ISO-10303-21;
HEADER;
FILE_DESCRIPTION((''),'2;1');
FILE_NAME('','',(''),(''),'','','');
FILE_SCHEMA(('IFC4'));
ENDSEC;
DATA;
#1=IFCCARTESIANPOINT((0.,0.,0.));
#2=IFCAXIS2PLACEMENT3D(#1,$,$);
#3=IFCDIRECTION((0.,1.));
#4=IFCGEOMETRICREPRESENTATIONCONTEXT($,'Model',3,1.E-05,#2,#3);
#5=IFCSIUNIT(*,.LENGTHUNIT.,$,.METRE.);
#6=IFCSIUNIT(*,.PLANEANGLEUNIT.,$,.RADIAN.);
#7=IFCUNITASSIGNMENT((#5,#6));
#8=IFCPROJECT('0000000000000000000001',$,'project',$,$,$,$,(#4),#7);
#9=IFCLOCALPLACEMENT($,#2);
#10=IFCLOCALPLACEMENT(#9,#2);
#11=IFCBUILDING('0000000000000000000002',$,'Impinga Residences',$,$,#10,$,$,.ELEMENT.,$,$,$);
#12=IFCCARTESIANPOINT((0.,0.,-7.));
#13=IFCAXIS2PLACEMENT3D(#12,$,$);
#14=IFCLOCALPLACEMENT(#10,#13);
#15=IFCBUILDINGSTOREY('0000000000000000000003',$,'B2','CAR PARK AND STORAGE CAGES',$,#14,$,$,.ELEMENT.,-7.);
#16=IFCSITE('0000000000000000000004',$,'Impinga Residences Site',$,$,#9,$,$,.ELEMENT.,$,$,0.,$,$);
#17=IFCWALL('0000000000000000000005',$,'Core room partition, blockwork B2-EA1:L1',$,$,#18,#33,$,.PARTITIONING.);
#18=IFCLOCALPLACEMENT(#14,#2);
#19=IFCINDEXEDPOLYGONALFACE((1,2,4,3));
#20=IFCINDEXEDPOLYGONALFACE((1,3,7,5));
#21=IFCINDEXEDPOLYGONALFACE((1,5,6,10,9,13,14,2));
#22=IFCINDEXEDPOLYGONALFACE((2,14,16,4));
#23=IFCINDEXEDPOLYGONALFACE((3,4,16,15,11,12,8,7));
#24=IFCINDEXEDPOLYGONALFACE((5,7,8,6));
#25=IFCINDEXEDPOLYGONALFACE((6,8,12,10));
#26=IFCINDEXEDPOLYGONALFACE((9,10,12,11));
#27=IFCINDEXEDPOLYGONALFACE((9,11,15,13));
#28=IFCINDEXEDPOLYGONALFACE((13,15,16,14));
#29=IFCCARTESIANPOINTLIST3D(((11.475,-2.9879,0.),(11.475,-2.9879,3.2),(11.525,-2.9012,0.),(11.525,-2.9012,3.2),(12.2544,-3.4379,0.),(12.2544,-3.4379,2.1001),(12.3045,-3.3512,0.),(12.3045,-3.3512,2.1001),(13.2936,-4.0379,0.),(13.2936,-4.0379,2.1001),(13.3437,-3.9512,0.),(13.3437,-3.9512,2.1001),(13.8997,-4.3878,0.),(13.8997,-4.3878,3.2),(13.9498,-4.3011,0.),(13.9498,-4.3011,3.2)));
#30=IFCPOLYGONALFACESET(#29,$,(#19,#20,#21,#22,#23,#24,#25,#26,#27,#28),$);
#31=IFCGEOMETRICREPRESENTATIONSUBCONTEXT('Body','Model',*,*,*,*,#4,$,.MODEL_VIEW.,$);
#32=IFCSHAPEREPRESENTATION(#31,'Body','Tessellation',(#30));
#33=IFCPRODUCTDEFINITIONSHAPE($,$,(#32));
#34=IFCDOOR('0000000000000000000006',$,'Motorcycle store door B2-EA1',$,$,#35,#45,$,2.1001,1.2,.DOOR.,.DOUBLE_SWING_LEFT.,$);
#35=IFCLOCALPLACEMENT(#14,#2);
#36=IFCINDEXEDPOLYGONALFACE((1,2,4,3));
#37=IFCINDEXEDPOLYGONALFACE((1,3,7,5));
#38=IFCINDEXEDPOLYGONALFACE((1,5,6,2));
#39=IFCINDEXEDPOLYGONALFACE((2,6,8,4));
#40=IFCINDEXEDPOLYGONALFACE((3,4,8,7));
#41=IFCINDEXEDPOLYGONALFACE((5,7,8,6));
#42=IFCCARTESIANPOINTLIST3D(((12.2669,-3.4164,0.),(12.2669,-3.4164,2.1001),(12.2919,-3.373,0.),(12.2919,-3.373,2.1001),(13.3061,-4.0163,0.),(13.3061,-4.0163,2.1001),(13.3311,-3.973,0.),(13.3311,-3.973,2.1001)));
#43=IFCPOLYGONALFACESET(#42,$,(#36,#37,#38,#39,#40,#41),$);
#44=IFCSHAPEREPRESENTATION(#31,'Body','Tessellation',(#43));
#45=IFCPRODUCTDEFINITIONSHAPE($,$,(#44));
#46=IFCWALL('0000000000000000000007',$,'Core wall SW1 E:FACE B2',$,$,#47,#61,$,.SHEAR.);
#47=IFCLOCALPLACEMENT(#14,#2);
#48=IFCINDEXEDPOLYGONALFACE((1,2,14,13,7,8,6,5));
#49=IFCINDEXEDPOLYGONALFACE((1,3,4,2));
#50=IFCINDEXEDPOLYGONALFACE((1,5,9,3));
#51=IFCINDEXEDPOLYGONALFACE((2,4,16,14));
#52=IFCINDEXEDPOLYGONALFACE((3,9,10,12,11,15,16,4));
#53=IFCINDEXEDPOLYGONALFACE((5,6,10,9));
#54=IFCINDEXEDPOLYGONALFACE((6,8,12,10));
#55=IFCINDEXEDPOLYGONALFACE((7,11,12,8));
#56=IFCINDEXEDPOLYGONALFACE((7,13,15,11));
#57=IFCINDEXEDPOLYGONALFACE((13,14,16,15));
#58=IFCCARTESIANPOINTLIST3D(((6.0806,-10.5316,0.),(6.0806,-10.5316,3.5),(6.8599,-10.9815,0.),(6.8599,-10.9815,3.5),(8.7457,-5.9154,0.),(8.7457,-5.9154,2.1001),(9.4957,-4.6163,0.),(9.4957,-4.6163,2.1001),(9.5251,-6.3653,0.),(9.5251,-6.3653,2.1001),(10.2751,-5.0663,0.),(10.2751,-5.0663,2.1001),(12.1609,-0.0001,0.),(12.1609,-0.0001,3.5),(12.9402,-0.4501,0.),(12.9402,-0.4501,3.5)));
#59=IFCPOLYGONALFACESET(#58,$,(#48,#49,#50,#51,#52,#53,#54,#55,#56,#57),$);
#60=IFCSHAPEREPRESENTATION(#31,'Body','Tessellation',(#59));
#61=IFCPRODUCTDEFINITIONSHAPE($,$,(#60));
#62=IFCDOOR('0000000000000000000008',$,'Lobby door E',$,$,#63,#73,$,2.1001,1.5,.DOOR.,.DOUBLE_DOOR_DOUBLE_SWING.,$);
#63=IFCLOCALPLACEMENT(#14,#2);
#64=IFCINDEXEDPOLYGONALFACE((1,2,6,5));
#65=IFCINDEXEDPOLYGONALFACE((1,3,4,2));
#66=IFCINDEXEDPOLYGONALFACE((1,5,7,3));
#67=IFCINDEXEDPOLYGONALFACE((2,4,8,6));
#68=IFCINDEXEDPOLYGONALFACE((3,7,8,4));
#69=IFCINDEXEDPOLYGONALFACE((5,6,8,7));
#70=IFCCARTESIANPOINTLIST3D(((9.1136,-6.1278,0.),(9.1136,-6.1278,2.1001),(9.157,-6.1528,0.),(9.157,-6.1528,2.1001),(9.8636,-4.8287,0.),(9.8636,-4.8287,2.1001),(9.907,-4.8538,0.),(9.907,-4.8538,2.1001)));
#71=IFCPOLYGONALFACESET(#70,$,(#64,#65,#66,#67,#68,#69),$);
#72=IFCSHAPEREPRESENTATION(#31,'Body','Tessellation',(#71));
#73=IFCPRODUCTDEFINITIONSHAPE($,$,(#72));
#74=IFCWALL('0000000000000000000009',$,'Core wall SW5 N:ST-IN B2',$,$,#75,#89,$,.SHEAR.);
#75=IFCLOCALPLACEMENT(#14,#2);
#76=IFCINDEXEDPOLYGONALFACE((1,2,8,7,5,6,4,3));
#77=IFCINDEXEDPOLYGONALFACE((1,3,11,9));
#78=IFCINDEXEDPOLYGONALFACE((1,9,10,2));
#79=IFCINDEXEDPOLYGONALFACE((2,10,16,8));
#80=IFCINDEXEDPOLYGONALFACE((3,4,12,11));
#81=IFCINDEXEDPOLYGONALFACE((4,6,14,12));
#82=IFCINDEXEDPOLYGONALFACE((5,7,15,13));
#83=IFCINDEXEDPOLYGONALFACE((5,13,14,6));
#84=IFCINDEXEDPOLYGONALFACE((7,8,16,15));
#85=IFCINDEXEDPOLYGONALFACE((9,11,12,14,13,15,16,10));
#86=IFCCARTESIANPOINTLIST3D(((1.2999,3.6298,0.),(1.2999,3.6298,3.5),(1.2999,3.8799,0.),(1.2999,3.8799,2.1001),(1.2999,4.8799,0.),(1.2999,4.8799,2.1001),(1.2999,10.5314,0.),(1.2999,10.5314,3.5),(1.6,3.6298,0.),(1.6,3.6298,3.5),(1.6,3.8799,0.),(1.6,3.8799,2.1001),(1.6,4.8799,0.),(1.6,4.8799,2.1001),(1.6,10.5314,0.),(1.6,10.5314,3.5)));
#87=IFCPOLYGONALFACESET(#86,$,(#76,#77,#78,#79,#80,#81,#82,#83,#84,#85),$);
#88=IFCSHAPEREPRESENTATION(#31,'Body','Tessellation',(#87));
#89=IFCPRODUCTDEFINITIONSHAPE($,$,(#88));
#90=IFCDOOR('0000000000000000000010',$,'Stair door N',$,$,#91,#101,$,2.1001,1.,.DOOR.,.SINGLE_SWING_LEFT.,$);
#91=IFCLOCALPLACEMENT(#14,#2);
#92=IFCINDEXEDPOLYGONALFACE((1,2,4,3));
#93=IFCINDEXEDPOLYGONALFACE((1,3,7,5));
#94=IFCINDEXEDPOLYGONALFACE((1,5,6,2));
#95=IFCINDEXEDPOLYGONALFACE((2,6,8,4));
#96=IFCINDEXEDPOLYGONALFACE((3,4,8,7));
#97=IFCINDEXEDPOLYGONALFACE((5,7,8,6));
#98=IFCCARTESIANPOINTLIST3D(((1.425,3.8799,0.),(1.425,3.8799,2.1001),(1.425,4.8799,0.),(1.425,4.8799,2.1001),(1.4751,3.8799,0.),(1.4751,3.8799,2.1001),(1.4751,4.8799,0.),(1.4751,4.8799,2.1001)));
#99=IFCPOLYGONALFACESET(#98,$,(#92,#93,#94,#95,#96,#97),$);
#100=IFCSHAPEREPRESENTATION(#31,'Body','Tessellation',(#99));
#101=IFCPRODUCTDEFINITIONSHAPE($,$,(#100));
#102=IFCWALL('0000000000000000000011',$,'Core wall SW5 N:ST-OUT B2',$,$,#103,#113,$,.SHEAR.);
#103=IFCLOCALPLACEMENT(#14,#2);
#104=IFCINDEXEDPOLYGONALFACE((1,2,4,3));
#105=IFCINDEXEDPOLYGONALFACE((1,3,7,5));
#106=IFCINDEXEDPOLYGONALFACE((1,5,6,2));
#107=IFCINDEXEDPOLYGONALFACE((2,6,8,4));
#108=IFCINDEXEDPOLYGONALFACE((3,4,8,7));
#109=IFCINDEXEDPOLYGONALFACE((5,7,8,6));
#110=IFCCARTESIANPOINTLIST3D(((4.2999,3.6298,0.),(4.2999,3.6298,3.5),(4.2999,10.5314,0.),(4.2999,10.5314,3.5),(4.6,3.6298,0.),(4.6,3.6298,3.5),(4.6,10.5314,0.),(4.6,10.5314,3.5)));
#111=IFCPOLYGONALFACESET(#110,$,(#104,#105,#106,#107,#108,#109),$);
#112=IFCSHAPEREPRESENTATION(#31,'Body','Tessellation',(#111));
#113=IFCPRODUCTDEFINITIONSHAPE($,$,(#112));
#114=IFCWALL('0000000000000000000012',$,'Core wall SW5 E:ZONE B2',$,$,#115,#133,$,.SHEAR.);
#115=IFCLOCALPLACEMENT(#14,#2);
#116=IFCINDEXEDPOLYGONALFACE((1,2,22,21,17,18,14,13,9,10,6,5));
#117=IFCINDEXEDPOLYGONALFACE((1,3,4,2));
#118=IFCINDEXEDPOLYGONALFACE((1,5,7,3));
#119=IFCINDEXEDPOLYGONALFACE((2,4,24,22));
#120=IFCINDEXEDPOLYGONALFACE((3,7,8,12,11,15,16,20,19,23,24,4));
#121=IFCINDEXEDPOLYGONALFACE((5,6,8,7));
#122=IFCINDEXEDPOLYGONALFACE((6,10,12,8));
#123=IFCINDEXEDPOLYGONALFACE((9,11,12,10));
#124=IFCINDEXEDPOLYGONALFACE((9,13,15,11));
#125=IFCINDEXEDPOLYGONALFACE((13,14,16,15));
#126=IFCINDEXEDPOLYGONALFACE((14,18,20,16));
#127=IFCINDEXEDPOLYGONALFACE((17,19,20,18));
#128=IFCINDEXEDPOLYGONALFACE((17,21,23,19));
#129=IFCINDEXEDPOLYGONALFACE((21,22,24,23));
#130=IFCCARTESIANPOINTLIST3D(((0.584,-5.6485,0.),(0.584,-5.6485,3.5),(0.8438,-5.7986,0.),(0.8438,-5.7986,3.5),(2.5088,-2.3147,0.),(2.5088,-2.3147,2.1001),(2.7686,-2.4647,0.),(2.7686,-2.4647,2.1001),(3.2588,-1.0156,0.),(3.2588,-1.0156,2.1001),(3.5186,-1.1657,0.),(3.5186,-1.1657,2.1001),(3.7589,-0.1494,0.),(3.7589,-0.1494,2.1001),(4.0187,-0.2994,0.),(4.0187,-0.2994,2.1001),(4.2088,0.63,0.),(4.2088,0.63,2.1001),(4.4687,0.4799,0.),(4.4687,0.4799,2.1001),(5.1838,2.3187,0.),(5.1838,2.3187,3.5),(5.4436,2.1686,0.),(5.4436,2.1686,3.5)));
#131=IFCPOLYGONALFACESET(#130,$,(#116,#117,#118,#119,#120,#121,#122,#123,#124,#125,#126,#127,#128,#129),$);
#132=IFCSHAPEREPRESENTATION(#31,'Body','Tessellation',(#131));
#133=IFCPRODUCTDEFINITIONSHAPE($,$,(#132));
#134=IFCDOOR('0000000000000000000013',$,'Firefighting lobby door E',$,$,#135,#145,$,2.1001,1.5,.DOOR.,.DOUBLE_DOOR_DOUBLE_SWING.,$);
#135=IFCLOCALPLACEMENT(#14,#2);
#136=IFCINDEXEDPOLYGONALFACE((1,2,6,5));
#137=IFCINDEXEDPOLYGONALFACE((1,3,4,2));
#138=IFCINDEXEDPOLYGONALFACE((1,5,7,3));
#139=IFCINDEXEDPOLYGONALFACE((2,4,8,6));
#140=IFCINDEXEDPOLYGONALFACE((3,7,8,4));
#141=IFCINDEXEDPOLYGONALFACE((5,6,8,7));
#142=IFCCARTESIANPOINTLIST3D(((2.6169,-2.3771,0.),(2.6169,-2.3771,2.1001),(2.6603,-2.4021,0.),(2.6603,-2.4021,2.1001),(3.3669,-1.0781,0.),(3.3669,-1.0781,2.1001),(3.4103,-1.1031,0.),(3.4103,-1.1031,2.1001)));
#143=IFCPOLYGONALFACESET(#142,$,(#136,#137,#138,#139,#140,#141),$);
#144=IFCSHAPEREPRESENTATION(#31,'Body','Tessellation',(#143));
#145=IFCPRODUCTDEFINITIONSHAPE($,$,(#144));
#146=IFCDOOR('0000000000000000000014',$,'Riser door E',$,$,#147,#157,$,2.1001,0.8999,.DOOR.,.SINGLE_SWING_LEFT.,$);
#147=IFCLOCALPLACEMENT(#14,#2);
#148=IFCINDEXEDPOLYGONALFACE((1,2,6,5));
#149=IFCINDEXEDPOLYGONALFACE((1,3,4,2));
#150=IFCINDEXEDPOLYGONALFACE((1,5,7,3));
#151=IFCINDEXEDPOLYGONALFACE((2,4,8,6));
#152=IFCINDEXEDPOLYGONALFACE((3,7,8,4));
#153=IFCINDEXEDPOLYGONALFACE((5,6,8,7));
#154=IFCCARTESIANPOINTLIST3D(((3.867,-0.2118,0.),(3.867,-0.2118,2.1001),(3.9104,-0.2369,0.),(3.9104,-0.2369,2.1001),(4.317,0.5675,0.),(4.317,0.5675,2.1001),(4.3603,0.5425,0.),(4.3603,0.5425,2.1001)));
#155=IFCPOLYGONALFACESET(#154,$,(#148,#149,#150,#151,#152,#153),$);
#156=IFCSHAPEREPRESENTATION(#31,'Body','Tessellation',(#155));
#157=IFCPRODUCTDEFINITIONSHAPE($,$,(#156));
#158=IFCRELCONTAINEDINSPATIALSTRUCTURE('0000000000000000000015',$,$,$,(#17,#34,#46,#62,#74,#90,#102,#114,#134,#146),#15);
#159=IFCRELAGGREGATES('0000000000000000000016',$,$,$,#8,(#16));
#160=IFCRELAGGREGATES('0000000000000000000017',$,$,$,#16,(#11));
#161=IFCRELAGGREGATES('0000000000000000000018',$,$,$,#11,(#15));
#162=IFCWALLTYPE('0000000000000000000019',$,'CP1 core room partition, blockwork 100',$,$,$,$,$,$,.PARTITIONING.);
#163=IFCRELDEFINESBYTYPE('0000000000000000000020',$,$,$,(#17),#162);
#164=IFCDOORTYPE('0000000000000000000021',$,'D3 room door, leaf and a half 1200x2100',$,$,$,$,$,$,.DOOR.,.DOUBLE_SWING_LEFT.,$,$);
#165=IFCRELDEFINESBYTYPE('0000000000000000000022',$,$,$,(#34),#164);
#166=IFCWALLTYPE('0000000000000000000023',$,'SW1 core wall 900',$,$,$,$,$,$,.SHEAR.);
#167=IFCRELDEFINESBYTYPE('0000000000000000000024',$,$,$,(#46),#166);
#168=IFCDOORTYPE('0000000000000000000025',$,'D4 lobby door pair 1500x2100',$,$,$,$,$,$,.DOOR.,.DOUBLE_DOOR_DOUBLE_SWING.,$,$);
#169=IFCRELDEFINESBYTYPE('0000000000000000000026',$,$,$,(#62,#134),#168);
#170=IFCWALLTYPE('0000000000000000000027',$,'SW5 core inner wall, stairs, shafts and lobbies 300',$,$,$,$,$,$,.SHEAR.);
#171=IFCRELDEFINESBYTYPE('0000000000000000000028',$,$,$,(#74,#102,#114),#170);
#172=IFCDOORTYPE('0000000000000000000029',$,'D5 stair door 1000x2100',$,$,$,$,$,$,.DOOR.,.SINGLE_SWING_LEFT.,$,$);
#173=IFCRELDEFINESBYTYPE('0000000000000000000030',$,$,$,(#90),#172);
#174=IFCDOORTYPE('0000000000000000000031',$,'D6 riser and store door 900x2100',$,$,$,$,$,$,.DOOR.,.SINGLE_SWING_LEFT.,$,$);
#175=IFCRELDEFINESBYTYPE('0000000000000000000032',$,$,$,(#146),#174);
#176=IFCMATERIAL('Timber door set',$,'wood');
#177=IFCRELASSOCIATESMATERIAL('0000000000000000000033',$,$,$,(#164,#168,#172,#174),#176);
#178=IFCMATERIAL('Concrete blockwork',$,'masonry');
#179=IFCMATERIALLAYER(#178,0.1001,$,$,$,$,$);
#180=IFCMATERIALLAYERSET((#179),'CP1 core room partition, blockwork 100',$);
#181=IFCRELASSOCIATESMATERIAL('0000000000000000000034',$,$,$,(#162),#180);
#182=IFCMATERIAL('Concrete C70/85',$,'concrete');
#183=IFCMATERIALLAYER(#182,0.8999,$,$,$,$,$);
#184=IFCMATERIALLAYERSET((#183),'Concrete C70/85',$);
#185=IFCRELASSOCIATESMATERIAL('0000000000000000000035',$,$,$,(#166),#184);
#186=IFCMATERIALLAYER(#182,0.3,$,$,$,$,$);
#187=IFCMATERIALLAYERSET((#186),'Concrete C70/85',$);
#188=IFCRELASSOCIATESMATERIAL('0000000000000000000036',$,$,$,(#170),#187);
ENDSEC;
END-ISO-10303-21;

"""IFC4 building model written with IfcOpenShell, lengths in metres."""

from ifc_helpers import new_model, si_unit, direction, frame, frame_2d, origin, place, context, subcontext, project, spatial, rectangle, extrude, material, layer, layer_set, type_object, element, fill, save


model = new_model("IFC4")

# Units and contexts
model_context = context("Model", 3, precision=1e-05, world=origin(), true_north=direction((0.0, 1.0)))
body_context = subcontext(model_context, "Body", "Model", "MODEL_VIEW")
ifc_project = project(units=[si_unit("LENGTHUNIT", "METRE"), si_unit("PLANEANGLEUNIT", "RADIAN")], contexts=[model_context])

# Site, building, storey
site_placement = place(None, origin())
site = spatial("IfcSite", under=ifc_project, at=site_placement, Name="Impinga Residences Site", CompositionType="ELEMENT", RefElevation=0.0)
building_placement = place(site_placement, origin())
building = spatial("IfcBuilding", under=site, at=building_placement, Name="Impinga Residences", CompositionType="ELEMENT")
storey_placement = place(building_placement, frame((0.0, 0.0, -7.0)))
storey = spatial("IfcBuildingStorey", under=building, at=storey_placement, Name="B2", Description="CAR PARK AND STORAGE CAGES", CompositionType="ELEMENT", Elevation=-7.0)

# Shared definitions
ifc_material_1 = material(Name="Concrete C70/85", Category="concrete")

# Walls, openings, doors
ifc_material_2 = material(Name="Timber door set", Category="wood")
door_type_1 = type_object("IfcDoorType", Name="D3 room door, leaf and a half 1200x2100", OperationType="DOUBLE_SWING_LEFT", PredefinedType="DOOR", material=ifc_material_2)
ifc_material_3 = material(Name="Concrete blockwork", Category="masonry")
ifc_layer_1 = layer(ifc_material_3, 0.1001)
ifc_layer_set_1 = layer_set([ifc_layer_1], Name="CP1 core room partition, blockwork 100")
wall_type_1 = type_object("IfcWallType", Name="CP1 core room partition, blockwork 100", PredefinedType="PARTITIONING", material=ifc_layer_set_1)
wall_1_placement = place(storey_placement, frame((11.5, -2.9446, 0.0), z_axis=(0.0, 0.0, 1.0), x_axis=(0.866035, -0.499984, 0.0)))
wall_1 = element("IfcWall", 1, at=wall_1_placement, inside=storey, type_object=wall_type_1, Name="Core room partition, blockwork B2-EA1:L1", PredefinedType="PARTITIONING", context=body_context, shape_type="SweptSolid", body=[
    extrude(rectangle(XDim=2.7998, YDim=0.1001, at=frame_2d((1.3999, 0.0))), origin(), (0.0, 0.0, 1.0), 3.2),
])
opening_1_placement = place(wall_1_placement, frame((0.8999, 0.0, 0.0)))
opening_1 = element("IfcOpeningElement", 2, at=opening_1_placement, cuts=wall_1, PredefinedType="OPENING", context=body_context, shape_type="SweptSolid", body=[
    extrude(rectangle(XDim=1.2, YDim=2.1001, at=frame_2d((0.6001, 1.05))), frame((0.0, 0.0601, 0.0), z_axis=(0.0, -1.0, 0.0), x_axis=(1.0, 0.0, 0.0)), (0.0, 0.0, 1.0), 0.1201),
])
door_1_placement = place(opening_1_placement, origin())
door_1 = element("IfcDoor", 3, at=door_1_placement, inside=storey, type_object=door_type_1, Name="Motorcycle store door B2-EA1", OperationType="DOUBLE_SWING_LEFT", OverallHeight=2.1001, OverallWidth=1.2, PredefinedType="DOOR", context=body_context, shape_type="SweptSolid", body=[
    extrude(rectangle(XDim=1.2, YDim=2.1001, at=frame_2d((0.6001, 1.05))), frame((0.0, 0.0249, 0.0), z_axis=(0.0, -1.0, 0.0), x_axis=(1.0, 0.0, 0.0)), (0.0, 0.0, 1.0), 0.05),
])
fill(opening_1, door_1)
ifc_layer_2 = layer(ifc_material_1, 0.8999)
ifc_layer_set_2 = layer_set([ifc_layer_2], Name="Concrete C70/85")
wall_type_2 = type_object("IfcWallType", Name="SW1 core wall 900", PredefinedType="SHEAR", material=ifc_layer_set_2)
wall_2_placement = place(storey_placement, frame((12.5505, -0.2251, 0.0), z_axis=(0.0, 0.0, 1.0), x_axis=(-0.499998, -0.866027, 0.0)))
wall_2 = element("IfcWall", 4, at=wall_2_placement, inside=storey, type_object=wall_type_2, Name="Core wall SW1 E:FACE B2", PredefinedType="SHEAR", context=body_context, shape_type="SweptSolid", body=[
    extrude(rectangle(XDim=12.1606, YDim=0.8999, at=frame_2d((6.0803, 0.0))), origin(), (0.0, 0.0, 1.0), 3.5),
])
opening_2_placement = place(wall_2_placement, frame((5.3303, 0.0, 0.0)))
opening_2 = element("IfcOpeningElement", 5, at=opening_2_placement, cuts=wall_2, PredefinedType="OPENING", context=body_context, shape_type="SweptSolid", body=[
    extrude(rectangle(XDim=1.5, YDim=2.1001, at=frame_2d((0.75, 1.05))), frame((0.0, 0.46, 0.0), z_axis=(0.0, -1.0, 0.0), x_axis=(1.0, 0.0, 0.0)), (0.0, 0.0, 1.0), 0.9199),
])
door_type_2 = type_object("IfcDoorType", Name="D4 lobby door pair 1500x2100", OperationType="DOUBLE_DOOR_DOUBLE_SWING", PredefinedType="DOOR", material=ifc_material_2)
door_2_placement = place(opening_2_placement, origin())
door_2 = element("IfcDoor", 6, at=door_2_placement, inside=storey, type_object=door_type_2, Name="Lobby door E", OperationType="DOUBLE_DOOR_DOUBLE_SWING", OverallHeight=2.1001, OverallWidth=1.5, PredefinedType="DOOR", context=body_context, shape_type="SweptSolid", body=[
    extrude(rectangle(XDim=1.5, YDim=2.1001, at=frame_2d((0.75, 1.05))), frame((0.0, 0.0249, 0.0), z_axis=(0.0, -1.0, 0.0), x_axis=(1.0, 0.0, 0.0)), (0.0, 0.0, 1.0), 0.05),
])
fill(opening_2, door_2)
ifc_layer_3 = layer(ifc_material_1, 0.3)
ifc_layer_set_3 = layer_set([ifc_layer_3], Name="Concrete C70/85")
wall_type_3 = type_object("IfcWallType", Name="SW5 core inner wall, stairs, shafts and lobbies 300", PredefinedType="SHEAR", material=ifc_layer_set_3)
wall_3_placement = place(storey_placement, frame((1.45, 3.6299, 0.0), z_axis=(0.0, 0.0, 1.0), x_axis=(0.0, 1.0, 0.0)))
wall_3 = element("IfcWall", 7, at=wall_3_placement, inside=storey, type_object=wall_type_3, Name="Core wall SW5 N:ST-IN B2", PredefinedType="SHEAR", context=body_context, shape_type="SweptSolid", body=[
    extrude(rectangle(XDim=6.9016, YDim=0.3, at=frame_2d((3.4507, 0.0))), origin(), (0.0, 0.0, 1.0), 3.5),
])
opening_3_placement = place(wall_3_placement, frame((0.25, 0.0, 0.0)))
opening_3 = element("IfcOpeningElement", 8, at=opening_3_placement, cuts=wall_3, PredefinedType="OPENING", context=body_context, shape_type="SweptSolid", body=[
    extrude(rectangle(XDim=1.0, YDim=2.1001, at=frame_2d((0.5, 1.05))), frame((0.0, 0.1599, 0.0), z_axis=(0.0, -1.0, 0.0), x_axis=(1.0, 0.0, 0.0)), (0.0, 0.0, 1.0), 0.3201),
])
door_type_3 = type_object("IfcDoorType", Name="D5 stair door 1000x2100", OperationType="SINGLE_SWING_LEFT", PredefinedType="DOOR", material=ifc_material_2)
door_3_placement = place(opening_3_placement, origin())
door_3 = element("IfcDoor", 9, at=door_3_placement, inside=storey, type_object=door_type_3, Name="Stair door N", OperationType="SINGLE_SWING_LEFT", OverallHeight=2.1001, OverallWidth=1.0, PredefinedType="DOOR", context=body_context, shape_type="SweptSolid", body=[
    extrude(rectangle(XDim=1.0, YDim=2.1001, at=frame_2d((0.5, 1.05))), frame((0.0, 0.0249, 0.0), z_axis=(0.0, -1.0, 0.0), x_axis=(1.0, 0.0, 0.0)), (0.0, 0.0, 1.0), 0.05),
])
fill(opening_3, door_3)

# Wall
wall_4_placement = place(storey_placement, frame((4.45, 3.6299, 0.0), z_axis=(0.0, 0.0, 1.0), x_axis=(0.0, 1.0, 0.0)))
element("IfcWall", 10, at=wall_4_placement, inside=storey, type_object=wall_type_3, Name="Core wall SW5 N:ST-OUT B2", PredefinedType="SHEAR", context=body_context, shape_type="SweptSolid", body=[
    extrude(rectangle(XDim=6.9016, YDim=0.3, at=frame_2d((3.4507, 0.0))), origin(), (0.0, 0.0, 1.0), 3.5),
])

# Wall, openings, doors
wall_5_placement = place(storey_placement, frame((5.3137, 2.2437, 0.0), z_axis=(0.0, 0.0, 1.0), x_axis=(-0.499995, -0.866028, 0.0)))
wall_5 = element("IfcWall", 11, at=wall_5_placement, inside=storey, type_object=wall_type_3, Name="Core wall SW5 E:ZONE B2", PredefinedType="SHEAR", context=body_context, shape_type="SweptSolid", body=[
    extrude(rectangle(XDim=9.1997, YDim=0.3, at=frame_2d((4.5999, 0.0))), origin(), (0.0, 0.0, 1.0), 3.5),
])
opening_4_placement = place(wall_5_placement, frame((3.8501, 0.0, 0.0)))
opening_4 = element("IfcOpeningElement", 12, at=opening_4_placement, cuts=wall_5, PredefinedType="OPENING", context=body_context, shape_type="SweptSolid", body=[
    extrude(rectangle(XDim=1.5, YDim=2.1001, at=frame_2d((0.75, 1.05))), frame((0.0, 0.1599, 0.0), z_axis=(0.0, -1.0, 0.0), x_axis=(1.0, 0.0, 0.0)), (0.0, 0.0, 1.0), 0.3201),
])
opening_5_placement = place(wall_5_placement, frame((1.95, 0.0, 0.0)))
opening_5 = element("IfcOpeningElement", 13, at=opening_5_placement, cuts=wall_5, PredefinedType="OPENING", context=body_context, shape_type="SweptSolid", body=[
    extrude(rectangle(XDim=0.8999, YDim=2.1001, at=frame_2d((0.45, 1.05))), frame((0.0, 0.1599, 0.0), z_axis=(0.0, -1.0, 0.0), x_axis=(1.0, 0.0, 0.0)), (0.0, 0.0, 1.0), 0.3201),
])
door_4_placement = place(opening_4_placement, origin())
door_4 = element("IfcDoor", 14, at=door_4_placement, inside=storey, type_object=door_type_2, Name="Firefighting lobby door E", OperationType="DOUBLE_DOOR_DOUBLE_SWING", OverallHeight=2.1001, OverallWidth=1.5, PredefinedType="DOOR", context=body_context, shape_type="SweptSolid", body=[
    extrude(rectangle(XDim=1.5, YDim=2.1001, at=frame_2d((0.75, 1.05))), frame((0.0, 0.0249, 0.0), z_axis=(0.0, -1.0, 0.0), x_axis=(1.0, 0.0, 0.0)), (0.0, 0.0, 1.0), 0.05),
])
fill(opening_4, door_4)
door_type_4 = type_object("IfcDoorType", Name="D6 riser and store door 900x2100", OperationType="SINGLE_SWING_LEFT", PredefinedType="DOOR", material=ifc_material_2)
door_5_placement = place(opening_5_placement, origin())
door_5 = element("IfcDoor", 15, at=door_5_placement, inside=storey, type_object=door_type_4, Name="Riser door E", OperationType="SINGLE_SWING_LEFT", OverallHeight=2.1001, OverallWidth=0.8999, PredefinedType="DOOR", context=body_context, shape_type="SweptSolid", body=[
    extrude(rectangle(XDim=0.8999, YDim=2.1001, at=frame_2d((0.45, 1.05))), frame((0.0, 0.0249, 0.0), z_axis=(0.0, -1.0, 0.0), x_axis=(1.0, 0.0, 0.0)), (0.0, 0.0, 1.0), 0.05),
])
fill(opening_5, door_5)

save(model, "model.ifc")
